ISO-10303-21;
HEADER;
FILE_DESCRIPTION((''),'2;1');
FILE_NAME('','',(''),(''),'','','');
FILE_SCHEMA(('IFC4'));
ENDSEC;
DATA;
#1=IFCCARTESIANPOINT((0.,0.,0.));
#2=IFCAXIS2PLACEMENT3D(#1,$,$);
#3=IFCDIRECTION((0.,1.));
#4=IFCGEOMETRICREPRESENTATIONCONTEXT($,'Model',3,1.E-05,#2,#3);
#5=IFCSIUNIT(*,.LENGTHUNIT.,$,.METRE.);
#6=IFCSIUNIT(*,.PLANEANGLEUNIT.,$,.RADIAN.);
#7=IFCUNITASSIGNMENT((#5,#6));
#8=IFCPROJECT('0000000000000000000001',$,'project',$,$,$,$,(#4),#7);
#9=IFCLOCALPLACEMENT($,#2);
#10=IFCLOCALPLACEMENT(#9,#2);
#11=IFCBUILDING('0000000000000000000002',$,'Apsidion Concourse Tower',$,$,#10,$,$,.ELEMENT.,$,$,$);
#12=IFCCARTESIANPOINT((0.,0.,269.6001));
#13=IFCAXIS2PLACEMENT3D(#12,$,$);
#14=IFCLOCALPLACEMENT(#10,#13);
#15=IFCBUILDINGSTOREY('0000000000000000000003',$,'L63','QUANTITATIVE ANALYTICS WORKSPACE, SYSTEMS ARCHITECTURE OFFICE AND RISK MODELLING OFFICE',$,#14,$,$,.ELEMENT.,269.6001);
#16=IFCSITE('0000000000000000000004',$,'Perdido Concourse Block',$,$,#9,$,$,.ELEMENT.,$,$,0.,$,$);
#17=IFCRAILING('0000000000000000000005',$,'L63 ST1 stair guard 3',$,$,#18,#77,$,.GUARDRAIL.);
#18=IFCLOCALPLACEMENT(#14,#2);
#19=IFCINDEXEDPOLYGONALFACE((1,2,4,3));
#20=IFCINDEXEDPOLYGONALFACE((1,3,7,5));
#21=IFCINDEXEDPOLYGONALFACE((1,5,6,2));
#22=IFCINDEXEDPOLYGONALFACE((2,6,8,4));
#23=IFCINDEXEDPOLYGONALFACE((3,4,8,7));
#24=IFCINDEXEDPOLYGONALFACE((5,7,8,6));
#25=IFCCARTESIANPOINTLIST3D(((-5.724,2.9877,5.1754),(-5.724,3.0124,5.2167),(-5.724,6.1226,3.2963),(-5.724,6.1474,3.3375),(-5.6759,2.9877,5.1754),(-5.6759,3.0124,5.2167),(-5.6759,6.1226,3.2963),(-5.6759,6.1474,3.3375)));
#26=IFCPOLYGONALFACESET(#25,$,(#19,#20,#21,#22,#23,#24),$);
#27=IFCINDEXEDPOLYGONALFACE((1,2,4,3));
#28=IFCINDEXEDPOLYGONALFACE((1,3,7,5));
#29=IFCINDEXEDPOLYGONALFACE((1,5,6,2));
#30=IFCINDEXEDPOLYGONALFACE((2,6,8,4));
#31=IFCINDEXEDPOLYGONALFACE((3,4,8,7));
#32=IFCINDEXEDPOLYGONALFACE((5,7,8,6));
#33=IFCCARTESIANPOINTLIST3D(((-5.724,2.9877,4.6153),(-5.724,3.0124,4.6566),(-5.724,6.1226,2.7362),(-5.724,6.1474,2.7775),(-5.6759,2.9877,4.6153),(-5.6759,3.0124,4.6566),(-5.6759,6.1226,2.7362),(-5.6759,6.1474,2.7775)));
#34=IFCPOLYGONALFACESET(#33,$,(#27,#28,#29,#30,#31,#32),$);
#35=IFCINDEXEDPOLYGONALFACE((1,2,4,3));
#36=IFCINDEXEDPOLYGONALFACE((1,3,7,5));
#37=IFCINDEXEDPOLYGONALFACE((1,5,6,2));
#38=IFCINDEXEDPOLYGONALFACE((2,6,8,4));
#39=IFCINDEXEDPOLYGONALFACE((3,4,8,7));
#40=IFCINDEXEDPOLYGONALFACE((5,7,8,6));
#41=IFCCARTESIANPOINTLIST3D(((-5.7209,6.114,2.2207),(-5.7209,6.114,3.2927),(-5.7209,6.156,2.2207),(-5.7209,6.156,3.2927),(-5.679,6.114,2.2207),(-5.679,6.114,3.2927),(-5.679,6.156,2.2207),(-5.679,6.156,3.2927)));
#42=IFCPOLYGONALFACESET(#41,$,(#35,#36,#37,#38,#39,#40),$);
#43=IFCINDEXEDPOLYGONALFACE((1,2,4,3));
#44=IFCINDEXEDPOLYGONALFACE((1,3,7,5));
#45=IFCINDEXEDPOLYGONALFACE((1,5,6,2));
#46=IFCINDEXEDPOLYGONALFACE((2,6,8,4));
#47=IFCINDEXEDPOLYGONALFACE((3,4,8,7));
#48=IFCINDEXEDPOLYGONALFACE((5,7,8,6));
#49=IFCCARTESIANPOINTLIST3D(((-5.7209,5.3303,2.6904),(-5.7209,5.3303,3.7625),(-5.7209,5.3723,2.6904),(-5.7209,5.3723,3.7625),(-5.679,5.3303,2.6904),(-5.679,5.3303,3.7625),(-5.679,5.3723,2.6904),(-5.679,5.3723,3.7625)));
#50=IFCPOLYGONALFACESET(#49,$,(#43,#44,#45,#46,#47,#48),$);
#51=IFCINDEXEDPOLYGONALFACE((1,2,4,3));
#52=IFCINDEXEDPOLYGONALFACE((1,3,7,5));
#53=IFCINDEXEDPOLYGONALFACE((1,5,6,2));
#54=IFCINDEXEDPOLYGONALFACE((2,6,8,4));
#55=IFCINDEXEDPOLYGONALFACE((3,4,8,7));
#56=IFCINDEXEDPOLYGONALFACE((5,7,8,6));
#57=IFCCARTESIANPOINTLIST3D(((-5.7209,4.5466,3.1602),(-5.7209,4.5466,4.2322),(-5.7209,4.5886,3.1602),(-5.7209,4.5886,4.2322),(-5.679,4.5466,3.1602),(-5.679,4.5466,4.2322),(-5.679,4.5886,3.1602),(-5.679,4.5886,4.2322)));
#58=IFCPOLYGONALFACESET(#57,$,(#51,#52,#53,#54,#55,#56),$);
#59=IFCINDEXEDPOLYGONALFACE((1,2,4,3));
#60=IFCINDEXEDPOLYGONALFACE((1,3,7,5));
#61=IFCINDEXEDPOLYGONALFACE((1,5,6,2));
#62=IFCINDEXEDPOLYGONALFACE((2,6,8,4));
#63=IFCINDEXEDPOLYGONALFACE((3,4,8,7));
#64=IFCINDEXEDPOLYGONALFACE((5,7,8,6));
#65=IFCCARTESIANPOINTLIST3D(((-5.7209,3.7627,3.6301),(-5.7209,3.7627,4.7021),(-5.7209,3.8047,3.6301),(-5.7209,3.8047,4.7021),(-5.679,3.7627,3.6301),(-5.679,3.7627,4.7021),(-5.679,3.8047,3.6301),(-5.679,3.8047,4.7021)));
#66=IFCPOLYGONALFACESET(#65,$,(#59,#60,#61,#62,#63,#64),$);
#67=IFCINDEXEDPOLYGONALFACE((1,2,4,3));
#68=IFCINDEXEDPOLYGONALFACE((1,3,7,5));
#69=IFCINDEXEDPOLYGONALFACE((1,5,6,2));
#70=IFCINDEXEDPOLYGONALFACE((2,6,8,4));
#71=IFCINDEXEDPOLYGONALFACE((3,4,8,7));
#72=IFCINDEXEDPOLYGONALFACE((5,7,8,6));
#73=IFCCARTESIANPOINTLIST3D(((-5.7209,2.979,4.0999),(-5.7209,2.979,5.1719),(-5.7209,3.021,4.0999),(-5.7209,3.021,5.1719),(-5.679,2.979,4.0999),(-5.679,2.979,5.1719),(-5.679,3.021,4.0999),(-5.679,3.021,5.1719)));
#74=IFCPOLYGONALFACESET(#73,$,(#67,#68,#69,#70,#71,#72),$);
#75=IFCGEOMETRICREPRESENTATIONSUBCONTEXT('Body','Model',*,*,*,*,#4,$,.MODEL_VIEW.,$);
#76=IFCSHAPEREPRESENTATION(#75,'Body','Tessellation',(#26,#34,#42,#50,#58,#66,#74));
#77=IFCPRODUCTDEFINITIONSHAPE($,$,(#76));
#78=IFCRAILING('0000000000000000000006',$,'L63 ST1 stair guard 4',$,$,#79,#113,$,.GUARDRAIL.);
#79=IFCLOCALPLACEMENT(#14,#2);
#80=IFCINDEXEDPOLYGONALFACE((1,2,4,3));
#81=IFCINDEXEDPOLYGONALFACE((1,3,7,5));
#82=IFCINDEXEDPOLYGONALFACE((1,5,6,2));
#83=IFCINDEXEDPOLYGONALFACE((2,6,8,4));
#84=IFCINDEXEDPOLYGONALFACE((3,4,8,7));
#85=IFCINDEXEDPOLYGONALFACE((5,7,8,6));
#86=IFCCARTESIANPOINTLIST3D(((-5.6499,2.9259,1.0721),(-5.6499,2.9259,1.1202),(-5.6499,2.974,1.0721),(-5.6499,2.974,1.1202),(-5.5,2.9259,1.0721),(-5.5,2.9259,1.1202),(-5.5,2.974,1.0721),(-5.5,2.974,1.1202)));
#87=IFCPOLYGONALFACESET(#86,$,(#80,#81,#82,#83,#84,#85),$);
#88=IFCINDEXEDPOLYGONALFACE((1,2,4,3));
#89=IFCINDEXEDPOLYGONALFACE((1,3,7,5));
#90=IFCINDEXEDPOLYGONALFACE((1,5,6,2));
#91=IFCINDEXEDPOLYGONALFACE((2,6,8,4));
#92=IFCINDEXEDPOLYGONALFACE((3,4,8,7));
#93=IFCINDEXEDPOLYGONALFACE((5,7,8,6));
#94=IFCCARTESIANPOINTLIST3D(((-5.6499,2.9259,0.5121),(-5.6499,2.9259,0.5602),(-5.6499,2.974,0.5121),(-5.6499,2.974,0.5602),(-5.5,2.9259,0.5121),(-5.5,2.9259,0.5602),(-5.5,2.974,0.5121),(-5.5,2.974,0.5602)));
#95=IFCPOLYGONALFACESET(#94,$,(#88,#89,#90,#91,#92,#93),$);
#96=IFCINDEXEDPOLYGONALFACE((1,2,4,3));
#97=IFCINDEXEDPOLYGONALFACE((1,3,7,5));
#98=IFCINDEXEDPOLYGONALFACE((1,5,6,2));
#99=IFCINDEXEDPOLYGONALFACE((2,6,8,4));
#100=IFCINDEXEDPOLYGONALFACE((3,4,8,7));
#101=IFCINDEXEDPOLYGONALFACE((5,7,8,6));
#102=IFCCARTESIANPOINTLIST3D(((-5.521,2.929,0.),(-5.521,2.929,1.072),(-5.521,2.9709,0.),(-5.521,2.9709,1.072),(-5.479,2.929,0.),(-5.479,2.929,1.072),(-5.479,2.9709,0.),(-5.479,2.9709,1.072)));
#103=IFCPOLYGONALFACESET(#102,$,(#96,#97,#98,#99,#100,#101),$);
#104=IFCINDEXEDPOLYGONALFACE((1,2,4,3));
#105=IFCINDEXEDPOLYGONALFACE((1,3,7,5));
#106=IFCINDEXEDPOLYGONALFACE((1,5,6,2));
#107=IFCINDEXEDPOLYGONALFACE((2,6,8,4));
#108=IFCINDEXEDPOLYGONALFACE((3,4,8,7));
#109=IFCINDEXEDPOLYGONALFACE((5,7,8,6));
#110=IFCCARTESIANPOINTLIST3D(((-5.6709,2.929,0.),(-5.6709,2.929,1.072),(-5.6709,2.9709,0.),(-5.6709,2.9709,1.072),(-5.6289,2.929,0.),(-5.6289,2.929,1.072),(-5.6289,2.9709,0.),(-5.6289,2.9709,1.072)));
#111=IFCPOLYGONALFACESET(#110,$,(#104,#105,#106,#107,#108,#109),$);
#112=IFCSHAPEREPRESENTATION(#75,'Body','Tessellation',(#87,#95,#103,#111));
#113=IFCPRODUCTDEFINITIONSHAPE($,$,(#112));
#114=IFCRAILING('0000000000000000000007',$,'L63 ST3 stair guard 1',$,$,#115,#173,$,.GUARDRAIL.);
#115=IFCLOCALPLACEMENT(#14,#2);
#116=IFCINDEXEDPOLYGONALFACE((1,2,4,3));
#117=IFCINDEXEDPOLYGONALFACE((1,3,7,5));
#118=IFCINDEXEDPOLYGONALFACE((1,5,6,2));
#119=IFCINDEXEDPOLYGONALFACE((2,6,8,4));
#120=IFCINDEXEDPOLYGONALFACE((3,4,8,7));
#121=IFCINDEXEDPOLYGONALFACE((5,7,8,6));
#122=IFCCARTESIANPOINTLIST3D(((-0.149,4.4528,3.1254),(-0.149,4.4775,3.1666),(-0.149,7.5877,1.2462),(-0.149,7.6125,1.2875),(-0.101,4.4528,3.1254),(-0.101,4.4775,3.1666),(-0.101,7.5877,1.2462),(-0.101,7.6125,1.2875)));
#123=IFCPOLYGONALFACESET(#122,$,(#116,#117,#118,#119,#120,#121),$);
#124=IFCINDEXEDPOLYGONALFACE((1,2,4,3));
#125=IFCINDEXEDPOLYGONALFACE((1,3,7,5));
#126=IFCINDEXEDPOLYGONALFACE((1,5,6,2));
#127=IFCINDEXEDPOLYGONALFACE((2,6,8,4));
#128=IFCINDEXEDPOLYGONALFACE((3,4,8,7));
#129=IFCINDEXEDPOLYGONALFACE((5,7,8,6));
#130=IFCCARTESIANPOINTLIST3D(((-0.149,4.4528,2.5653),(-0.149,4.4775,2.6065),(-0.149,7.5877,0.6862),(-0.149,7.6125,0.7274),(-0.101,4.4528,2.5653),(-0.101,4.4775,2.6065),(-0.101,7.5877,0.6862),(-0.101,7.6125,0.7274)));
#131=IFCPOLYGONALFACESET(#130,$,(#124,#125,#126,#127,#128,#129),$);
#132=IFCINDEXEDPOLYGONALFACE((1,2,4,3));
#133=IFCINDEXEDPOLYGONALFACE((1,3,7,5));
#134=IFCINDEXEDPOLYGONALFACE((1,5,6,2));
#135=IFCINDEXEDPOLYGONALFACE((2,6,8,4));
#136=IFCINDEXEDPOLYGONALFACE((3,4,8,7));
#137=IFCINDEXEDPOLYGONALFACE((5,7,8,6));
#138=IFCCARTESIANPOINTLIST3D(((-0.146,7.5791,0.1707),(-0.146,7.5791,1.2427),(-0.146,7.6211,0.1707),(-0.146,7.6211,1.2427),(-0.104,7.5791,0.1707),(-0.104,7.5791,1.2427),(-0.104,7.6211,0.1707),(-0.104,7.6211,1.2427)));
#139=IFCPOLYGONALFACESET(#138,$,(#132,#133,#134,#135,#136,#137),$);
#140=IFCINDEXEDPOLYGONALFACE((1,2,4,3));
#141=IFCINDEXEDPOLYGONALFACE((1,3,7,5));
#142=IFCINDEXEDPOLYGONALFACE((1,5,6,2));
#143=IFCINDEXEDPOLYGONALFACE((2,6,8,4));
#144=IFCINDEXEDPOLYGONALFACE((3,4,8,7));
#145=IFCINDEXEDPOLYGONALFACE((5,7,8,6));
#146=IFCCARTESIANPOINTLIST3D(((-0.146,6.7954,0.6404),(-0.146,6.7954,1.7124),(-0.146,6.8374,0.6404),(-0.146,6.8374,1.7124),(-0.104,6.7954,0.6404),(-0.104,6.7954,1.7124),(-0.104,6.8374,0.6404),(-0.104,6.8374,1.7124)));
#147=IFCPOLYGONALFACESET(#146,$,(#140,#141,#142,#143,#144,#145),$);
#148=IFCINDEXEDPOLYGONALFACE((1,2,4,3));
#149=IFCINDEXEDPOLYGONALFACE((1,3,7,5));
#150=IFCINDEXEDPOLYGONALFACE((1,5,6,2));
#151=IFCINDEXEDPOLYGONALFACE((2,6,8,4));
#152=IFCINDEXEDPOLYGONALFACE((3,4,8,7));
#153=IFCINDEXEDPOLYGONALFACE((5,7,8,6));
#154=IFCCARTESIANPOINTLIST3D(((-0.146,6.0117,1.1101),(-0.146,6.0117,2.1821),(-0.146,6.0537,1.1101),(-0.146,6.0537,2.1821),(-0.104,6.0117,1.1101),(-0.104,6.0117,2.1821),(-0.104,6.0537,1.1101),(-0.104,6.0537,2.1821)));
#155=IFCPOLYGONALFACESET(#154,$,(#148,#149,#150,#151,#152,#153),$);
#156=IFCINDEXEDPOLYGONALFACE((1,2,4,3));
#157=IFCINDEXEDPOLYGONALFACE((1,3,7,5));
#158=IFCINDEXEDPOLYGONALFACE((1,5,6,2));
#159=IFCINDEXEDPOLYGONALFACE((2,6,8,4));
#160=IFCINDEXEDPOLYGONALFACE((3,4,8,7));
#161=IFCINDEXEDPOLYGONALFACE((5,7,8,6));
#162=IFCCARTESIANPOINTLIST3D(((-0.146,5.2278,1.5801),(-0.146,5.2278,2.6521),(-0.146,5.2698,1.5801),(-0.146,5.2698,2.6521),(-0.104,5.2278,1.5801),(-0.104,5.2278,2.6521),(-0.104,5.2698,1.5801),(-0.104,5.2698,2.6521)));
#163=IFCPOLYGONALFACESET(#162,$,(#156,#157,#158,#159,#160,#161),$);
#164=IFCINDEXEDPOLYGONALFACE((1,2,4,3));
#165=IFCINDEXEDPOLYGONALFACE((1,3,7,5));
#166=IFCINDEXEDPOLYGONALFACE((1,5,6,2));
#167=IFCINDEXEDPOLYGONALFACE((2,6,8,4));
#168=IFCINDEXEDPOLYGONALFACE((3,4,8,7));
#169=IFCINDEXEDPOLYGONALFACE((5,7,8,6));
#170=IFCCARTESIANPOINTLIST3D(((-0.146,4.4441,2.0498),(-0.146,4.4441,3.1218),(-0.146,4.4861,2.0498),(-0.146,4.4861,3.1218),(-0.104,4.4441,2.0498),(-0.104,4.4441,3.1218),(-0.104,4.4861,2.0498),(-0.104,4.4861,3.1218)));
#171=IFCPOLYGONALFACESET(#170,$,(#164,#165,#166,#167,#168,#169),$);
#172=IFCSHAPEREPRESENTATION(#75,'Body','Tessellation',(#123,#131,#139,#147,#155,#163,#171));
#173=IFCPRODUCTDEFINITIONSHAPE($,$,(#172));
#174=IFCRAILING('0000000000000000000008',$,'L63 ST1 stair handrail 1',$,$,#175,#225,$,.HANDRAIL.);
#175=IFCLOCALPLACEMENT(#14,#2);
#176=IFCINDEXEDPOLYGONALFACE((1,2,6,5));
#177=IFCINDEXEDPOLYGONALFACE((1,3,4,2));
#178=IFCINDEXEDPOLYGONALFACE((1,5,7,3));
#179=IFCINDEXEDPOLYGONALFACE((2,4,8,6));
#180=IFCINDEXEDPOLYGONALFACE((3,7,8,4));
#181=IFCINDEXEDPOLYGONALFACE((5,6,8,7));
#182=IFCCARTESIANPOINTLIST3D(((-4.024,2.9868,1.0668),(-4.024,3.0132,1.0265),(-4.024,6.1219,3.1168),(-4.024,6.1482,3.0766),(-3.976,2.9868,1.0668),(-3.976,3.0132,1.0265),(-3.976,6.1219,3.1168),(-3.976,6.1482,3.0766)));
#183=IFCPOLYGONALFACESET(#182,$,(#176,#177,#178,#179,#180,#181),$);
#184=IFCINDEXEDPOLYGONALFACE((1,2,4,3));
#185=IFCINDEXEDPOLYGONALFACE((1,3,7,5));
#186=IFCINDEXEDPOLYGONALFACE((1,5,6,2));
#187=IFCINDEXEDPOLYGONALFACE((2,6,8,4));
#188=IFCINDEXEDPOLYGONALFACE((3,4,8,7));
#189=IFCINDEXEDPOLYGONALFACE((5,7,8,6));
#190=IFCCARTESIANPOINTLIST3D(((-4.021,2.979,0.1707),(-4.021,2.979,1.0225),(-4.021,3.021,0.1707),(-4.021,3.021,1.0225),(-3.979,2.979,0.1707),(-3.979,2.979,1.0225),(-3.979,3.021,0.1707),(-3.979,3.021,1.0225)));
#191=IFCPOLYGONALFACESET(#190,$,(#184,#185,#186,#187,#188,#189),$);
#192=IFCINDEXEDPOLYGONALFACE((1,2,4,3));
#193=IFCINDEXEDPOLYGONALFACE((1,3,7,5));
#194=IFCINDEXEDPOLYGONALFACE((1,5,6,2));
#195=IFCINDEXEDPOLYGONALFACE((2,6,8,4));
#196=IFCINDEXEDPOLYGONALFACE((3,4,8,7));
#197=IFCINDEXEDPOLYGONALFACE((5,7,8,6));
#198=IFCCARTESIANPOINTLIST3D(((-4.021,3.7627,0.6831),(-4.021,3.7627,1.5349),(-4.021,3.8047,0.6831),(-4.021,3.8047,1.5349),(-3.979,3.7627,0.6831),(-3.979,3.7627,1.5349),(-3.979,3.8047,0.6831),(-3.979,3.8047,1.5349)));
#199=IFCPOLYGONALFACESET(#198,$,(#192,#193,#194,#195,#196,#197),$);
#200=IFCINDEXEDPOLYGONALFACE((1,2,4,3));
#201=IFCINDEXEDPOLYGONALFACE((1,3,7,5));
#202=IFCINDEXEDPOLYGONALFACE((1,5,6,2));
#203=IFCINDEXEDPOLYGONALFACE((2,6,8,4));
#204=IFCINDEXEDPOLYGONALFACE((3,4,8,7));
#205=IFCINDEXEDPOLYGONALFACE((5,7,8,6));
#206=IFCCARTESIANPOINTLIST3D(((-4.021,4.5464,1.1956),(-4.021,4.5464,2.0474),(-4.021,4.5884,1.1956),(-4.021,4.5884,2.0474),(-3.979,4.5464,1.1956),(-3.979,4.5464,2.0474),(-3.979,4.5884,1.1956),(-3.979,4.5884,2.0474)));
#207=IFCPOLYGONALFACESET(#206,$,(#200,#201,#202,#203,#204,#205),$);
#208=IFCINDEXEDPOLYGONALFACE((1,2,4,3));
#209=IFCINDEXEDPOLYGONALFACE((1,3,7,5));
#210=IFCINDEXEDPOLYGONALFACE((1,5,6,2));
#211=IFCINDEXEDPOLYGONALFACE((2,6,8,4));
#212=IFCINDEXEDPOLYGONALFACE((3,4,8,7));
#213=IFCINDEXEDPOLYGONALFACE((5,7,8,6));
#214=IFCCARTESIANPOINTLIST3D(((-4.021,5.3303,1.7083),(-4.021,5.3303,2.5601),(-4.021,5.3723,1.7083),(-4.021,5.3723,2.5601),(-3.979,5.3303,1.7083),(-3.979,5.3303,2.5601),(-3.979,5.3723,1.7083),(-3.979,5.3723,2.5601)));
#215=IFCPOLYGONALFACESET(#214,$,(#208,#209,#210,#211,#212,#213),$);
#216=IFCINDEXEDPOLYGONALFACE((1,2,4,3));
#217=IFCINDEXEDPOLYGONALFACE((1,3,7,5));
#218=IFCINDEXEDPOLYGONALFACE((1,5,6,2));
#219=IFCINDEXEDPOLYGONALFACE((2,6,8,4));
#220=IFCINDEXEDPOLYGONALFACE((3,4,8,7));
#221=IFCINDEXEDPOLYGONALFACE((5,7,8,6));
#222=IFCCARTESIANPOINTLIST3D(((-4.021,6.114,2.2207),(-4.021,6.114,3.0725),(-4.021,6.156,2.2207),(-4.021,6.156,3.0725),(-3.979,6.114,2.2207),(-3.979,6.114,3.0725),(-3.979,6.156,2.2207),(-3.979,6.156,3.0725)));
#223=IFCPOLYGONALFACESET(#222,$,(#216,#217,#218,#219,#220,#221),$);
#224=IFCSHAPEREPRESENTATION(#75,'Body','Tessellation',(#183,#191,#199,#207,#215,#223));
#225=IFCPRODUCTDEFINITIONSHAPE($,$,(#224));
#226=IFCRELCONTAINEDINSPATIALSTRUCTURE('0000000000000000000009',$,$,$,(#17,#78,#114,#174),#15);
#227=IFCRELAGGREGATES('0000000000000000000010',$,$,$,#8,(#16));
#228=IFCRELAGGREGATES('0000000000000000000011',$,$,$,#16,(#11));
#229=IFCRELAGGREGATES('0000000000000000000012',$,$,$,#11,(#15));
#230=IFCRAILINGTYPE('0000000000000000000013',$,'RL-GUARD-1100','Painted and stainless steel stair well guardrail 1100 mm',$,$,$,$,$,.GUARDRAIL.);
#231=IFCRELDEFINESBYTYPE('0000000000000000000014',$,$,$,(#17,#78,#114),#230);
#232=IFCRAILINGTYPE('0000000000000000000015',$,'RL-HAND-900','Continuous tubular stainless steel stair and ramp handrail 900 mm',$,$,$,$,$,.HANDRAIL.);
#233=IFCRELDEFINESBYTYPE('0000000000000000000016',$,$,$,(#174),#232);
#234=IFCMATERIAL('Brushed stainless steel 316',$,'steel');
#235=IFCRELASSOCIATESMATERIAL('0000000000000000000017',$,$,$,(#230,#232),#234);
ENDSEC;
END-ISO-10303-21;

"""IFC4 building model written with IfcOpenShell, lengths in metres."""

from ifc_helpers import new_model, si_unit, direction, frame, origin, origin_2d, place, context, subcontext, project, spatial, rectangle, extrude, material, type_object, element, save


model = new_model("IFC4")

# Units and contexts
model_context = context("Model", 3, precision=1e-05, world=origin(), true_north=direction((0.0, 1.0)))
body_context = subcontext(model_context, "Body", "Model", "MODEL_VIEW")
ifc_project = project(units=[si_unit("LENGTHUNIT", "METRE"), si_unit("PLANEANGLEUNIT", "RADIAN")], contexts=[model_context])

# Site, building, storey
site_placement = place(None, origin())
site = spatial("IfcSite", under=ifc_project, at=site_placement, Name="Perdido Concourse Block", CompositionType="ELEMENT", RefElevation=0.0)
building_placement = place(site_placement, origin())
building = spatial("IfcBuilding", under=site, at=building_placement, Name="Apsidion Concourse Tower", CompositionType="ELEMENT")
storey_placement = place(building_placement, frame((0.0, 0.0, 269.6001)))
storey = spatial("IfcBuildingStorey", under=building, at=storey_placement, Name="L63", Description="QUANTITATIVE ANALYTICS WORKSPACE, SYSTEMS ARCHITECTURE OFFICE AND RISK MODELLING OFFICE", CompositionType="ELEMENT", Elevation=269.6001)

# Shared definitions
ifc_material_1 = material(Name="Brushed stainless steel 316", Category="steel")

# Railings
railing_type_1 = type_object("IfcRailingType", Name="RL-GUARD-1100", Description="Painted and stainless steel stair well guardrail 1100 mm", PredefinedType="GUARDRAIL", material=ifc_material_1)
railing_1_placement = place(storey_placement, frame((-5.7, 6.135, 2.2207)))
element("IfcRailing", 1, at=railing_1_placement, inside=storey, type_object=railing_type_1, Name="L63 ST1 stair guard 3", PredefinedType="GUARDRAIL", context=body_context, shape_type="SweptSolid", body=[
    extrude(rectangle(XDim=0.0481, YDim=0.0481, at=origin_2d()), frame((0.0, 0.0, 1.0962), z_axis=(0.0, -0.857717, 0.514122), x_axis=(1.0, 0.0, 0.0)), (0.0, 0.0, 1.0), 3.655),
    extrude(rectangle(XDim=0.0481, YDim=0.0481, at=origin_2d()), frame((0.0, 0.0, 0.5361), z_axis=(0.0, -0.857717, 0.514122), x_axis=(1.0, 0.0, 0.0)), (0.0, 0.0, 1.0), 3.655),
    extrude(rectangle(XDim=0.042, YDim=0.042, at=origin_2d()), origin(), (0.0, 0.0, 1.0), 1.072),
    extrude(rectangle(XDim=0.042, YDim=0.042, at=origin_2d()), frame((0.0, -0.7837, 0.4697)), (0.0, 0.0, 1.0), 1.072),
    extrude(rectangle(XDim=0.042, YDim=0.042, at=origin_2d()), frame((0.0, -1.5674, 0.9395)), (0.0, 0.0, 1.0), 1.072),
    extrude(rectangle(XDim=0.042, YDim=0.042, at=origin_2d()), frame((0.0, -2.3513, 1.4094)), (0.0, 0.0, 1.0), 1.072),
    extrude(rectangle(XDim=0.042, YDim=0.042, at=origin_2d()), frame((0.0, -3.135, 1.8792)), (0.0, 0.0, 1.0), 1.072),
])
railing_2_placement = place(storey_placement, frame((-5.5, 2.95, 0.0)))
element("IfcRailing", 2, at=railing_2_placement, inside=storey, type_object=railing_type_1, Name="L63 ST1 stair guard 4", PredefinedType="GUARDRAIL", context=body_context, shape_type="SweptSolid", body=[
    extrude(rectangle(XDim=0.0481, YDim=0.0481, at=origin_2d()), frame((0.0, 0.0, 1.0962), z_axis=(-1.0, 0.0, 0.0), x_axis=(0.0, -1.0, 0.0)), (0.0, 0.0, 1.0), 0.1499),
    extrude(rectangle(XDim=0.0481, YDim=0.0481, at=origin_2d()), frame((0.0, 0.0, 0.5361), z_axis=(-1.0, 0.0, 0.0), x_axis=(0.0, -1.0, 0.0)), (0.0, 0.0, 1.0), 0.1499),
    extrude(rectangle(XDim=0.042, YDim=0.042, at=origin_2d()), origin(), (0.0, 0.0, 1.0), 1.072),
    extrude(rectangle(XDim=0.042, YDim=0.042, at=origin_2d()), frame((-0.1499, 0.0, 0.0)), (0.0, 0.0, 1.0), 1.072),
])
railing_3_placement = place(storey_placement, frame((-0.125, 7.6001, 0.1707)))
element("IfcRailing", 3, at=railing_3_placement, inside=storey, type_object=railing_type_1, Name="L63 ST3 stair guard 1", PredefinedType="GUARDRAIL", context=body_context, shape_type="SweptSolid", body=[
    extrude(rectangle(XDim=0.0481, YDim=0.0481, at=origin_2d()), frame((0.0, 0.0, 1.0962), z_axis=(0.0, -0.857717, 0.514122), x_axis=(1.0, 0.0, 0.0)), (0.0, 0.0, 1.0), 3.655),
    extrude(rectangle(XDim=0.0481, YDim=0.0481, at=origin_2d()), frame((0.0, 0.0, 0.5361), z_axis=(0.0, -0.857717, 0.514122), x_axis=(1.0, 0.0, 0.0)), (0.0, 0.0, 1.0), 3.655),
    extrude(rectangle(XDim=0.042, YDim=0.042, at=origin_2d()), origin(), (0.0, 0.0, 1.0), 1.072),
    extrude(rectangle(XDim=0.042, YDim=0.042, at=origin_2d()), frame((0.0, -0.7837, 0.4697)), (0.0, 0.0, 1.0), 1.072),
    extrude(rectangle(XDim=0.042, YDim=0.042, at=origin_2d()), frame((0.0, -1.5674, 0.9395)), (0.0, 0.0, 1.0), 1.072),
    extrude(rectangle(XDim=0.042, YDim=0.042, at=origin_2d()), frame((0.0, -2.3513, 1.4094)), (0.0, 0.0, 1.0), 1.072),
    extrude(rectangle(XDim=0.042, YDim=0.042, at=origin_2d()), frame((0.0, -3.135, 1.8792)), (0.0, 0.0, 1.0), 1.072),
])
railing_type_2 = type_object("IfcRailingType", Name="RL-HAND-900", Description="Continuous tubular stainless steel stair and ramp handrail 900 mm", PredefinedType="HANDRAIL", material=ifc_material_1)
railing_4_placement = place(storey_placement, frame((-4.0, 3.0, 0.1707)))
element("IfcRailing", 4, at=railing_4_placement, inside=storey, type_object=railing_type_2, Name="L63 ST1 stair handrail 1", PredefinedType="HANDRAIL", context=body_context, shape_type="SweptSolid", body=[
    extrude(rectangle(XDim=0.0481, YDim=0.0481, at=origin_2d()), frame((0.0, 0.0, 0.876), z_axis=(0.0, 0.836941, 0.547293), x_axis=(-1.0, 0.0, 0.0)), (0.0, 0.0, 1.0), 3.7458),
    extrude(rectangle(XDim=0.042, YDim=0.042, at=origin_2d()), origin(), (0.0, 0.0, 1.0), 0.8518),
    extrude(rectangle(XDim=0.042, YDim=0.042, at=origin_2d()), frame((0.0, 0.7837, 0.5125)), (0.0, 0.0, 1.0), 0.8518),
    extrude(rectangle(XDim=0.042, YDim=0.042, at=origin_2d()), frame((0.0, 1.5674, 1.0249)), (0.0, 0.0, 1.0), 0.8518),
    extrude(rectangle(XDim=0.042, YDim=0.042, at=origin_2d()), frame((0.0, 2.3513, 1.5376)), (0.0, 0.0, 1.0), 0.8518),
    extrude(rectangle(XDim=0.042, YDim=0.042, at=origin_2d()), frame((0.0, 3.135, 2.05)), (0.0, 0.0, 1.0), 0.8518),
])

save(model, "model.ifc")
